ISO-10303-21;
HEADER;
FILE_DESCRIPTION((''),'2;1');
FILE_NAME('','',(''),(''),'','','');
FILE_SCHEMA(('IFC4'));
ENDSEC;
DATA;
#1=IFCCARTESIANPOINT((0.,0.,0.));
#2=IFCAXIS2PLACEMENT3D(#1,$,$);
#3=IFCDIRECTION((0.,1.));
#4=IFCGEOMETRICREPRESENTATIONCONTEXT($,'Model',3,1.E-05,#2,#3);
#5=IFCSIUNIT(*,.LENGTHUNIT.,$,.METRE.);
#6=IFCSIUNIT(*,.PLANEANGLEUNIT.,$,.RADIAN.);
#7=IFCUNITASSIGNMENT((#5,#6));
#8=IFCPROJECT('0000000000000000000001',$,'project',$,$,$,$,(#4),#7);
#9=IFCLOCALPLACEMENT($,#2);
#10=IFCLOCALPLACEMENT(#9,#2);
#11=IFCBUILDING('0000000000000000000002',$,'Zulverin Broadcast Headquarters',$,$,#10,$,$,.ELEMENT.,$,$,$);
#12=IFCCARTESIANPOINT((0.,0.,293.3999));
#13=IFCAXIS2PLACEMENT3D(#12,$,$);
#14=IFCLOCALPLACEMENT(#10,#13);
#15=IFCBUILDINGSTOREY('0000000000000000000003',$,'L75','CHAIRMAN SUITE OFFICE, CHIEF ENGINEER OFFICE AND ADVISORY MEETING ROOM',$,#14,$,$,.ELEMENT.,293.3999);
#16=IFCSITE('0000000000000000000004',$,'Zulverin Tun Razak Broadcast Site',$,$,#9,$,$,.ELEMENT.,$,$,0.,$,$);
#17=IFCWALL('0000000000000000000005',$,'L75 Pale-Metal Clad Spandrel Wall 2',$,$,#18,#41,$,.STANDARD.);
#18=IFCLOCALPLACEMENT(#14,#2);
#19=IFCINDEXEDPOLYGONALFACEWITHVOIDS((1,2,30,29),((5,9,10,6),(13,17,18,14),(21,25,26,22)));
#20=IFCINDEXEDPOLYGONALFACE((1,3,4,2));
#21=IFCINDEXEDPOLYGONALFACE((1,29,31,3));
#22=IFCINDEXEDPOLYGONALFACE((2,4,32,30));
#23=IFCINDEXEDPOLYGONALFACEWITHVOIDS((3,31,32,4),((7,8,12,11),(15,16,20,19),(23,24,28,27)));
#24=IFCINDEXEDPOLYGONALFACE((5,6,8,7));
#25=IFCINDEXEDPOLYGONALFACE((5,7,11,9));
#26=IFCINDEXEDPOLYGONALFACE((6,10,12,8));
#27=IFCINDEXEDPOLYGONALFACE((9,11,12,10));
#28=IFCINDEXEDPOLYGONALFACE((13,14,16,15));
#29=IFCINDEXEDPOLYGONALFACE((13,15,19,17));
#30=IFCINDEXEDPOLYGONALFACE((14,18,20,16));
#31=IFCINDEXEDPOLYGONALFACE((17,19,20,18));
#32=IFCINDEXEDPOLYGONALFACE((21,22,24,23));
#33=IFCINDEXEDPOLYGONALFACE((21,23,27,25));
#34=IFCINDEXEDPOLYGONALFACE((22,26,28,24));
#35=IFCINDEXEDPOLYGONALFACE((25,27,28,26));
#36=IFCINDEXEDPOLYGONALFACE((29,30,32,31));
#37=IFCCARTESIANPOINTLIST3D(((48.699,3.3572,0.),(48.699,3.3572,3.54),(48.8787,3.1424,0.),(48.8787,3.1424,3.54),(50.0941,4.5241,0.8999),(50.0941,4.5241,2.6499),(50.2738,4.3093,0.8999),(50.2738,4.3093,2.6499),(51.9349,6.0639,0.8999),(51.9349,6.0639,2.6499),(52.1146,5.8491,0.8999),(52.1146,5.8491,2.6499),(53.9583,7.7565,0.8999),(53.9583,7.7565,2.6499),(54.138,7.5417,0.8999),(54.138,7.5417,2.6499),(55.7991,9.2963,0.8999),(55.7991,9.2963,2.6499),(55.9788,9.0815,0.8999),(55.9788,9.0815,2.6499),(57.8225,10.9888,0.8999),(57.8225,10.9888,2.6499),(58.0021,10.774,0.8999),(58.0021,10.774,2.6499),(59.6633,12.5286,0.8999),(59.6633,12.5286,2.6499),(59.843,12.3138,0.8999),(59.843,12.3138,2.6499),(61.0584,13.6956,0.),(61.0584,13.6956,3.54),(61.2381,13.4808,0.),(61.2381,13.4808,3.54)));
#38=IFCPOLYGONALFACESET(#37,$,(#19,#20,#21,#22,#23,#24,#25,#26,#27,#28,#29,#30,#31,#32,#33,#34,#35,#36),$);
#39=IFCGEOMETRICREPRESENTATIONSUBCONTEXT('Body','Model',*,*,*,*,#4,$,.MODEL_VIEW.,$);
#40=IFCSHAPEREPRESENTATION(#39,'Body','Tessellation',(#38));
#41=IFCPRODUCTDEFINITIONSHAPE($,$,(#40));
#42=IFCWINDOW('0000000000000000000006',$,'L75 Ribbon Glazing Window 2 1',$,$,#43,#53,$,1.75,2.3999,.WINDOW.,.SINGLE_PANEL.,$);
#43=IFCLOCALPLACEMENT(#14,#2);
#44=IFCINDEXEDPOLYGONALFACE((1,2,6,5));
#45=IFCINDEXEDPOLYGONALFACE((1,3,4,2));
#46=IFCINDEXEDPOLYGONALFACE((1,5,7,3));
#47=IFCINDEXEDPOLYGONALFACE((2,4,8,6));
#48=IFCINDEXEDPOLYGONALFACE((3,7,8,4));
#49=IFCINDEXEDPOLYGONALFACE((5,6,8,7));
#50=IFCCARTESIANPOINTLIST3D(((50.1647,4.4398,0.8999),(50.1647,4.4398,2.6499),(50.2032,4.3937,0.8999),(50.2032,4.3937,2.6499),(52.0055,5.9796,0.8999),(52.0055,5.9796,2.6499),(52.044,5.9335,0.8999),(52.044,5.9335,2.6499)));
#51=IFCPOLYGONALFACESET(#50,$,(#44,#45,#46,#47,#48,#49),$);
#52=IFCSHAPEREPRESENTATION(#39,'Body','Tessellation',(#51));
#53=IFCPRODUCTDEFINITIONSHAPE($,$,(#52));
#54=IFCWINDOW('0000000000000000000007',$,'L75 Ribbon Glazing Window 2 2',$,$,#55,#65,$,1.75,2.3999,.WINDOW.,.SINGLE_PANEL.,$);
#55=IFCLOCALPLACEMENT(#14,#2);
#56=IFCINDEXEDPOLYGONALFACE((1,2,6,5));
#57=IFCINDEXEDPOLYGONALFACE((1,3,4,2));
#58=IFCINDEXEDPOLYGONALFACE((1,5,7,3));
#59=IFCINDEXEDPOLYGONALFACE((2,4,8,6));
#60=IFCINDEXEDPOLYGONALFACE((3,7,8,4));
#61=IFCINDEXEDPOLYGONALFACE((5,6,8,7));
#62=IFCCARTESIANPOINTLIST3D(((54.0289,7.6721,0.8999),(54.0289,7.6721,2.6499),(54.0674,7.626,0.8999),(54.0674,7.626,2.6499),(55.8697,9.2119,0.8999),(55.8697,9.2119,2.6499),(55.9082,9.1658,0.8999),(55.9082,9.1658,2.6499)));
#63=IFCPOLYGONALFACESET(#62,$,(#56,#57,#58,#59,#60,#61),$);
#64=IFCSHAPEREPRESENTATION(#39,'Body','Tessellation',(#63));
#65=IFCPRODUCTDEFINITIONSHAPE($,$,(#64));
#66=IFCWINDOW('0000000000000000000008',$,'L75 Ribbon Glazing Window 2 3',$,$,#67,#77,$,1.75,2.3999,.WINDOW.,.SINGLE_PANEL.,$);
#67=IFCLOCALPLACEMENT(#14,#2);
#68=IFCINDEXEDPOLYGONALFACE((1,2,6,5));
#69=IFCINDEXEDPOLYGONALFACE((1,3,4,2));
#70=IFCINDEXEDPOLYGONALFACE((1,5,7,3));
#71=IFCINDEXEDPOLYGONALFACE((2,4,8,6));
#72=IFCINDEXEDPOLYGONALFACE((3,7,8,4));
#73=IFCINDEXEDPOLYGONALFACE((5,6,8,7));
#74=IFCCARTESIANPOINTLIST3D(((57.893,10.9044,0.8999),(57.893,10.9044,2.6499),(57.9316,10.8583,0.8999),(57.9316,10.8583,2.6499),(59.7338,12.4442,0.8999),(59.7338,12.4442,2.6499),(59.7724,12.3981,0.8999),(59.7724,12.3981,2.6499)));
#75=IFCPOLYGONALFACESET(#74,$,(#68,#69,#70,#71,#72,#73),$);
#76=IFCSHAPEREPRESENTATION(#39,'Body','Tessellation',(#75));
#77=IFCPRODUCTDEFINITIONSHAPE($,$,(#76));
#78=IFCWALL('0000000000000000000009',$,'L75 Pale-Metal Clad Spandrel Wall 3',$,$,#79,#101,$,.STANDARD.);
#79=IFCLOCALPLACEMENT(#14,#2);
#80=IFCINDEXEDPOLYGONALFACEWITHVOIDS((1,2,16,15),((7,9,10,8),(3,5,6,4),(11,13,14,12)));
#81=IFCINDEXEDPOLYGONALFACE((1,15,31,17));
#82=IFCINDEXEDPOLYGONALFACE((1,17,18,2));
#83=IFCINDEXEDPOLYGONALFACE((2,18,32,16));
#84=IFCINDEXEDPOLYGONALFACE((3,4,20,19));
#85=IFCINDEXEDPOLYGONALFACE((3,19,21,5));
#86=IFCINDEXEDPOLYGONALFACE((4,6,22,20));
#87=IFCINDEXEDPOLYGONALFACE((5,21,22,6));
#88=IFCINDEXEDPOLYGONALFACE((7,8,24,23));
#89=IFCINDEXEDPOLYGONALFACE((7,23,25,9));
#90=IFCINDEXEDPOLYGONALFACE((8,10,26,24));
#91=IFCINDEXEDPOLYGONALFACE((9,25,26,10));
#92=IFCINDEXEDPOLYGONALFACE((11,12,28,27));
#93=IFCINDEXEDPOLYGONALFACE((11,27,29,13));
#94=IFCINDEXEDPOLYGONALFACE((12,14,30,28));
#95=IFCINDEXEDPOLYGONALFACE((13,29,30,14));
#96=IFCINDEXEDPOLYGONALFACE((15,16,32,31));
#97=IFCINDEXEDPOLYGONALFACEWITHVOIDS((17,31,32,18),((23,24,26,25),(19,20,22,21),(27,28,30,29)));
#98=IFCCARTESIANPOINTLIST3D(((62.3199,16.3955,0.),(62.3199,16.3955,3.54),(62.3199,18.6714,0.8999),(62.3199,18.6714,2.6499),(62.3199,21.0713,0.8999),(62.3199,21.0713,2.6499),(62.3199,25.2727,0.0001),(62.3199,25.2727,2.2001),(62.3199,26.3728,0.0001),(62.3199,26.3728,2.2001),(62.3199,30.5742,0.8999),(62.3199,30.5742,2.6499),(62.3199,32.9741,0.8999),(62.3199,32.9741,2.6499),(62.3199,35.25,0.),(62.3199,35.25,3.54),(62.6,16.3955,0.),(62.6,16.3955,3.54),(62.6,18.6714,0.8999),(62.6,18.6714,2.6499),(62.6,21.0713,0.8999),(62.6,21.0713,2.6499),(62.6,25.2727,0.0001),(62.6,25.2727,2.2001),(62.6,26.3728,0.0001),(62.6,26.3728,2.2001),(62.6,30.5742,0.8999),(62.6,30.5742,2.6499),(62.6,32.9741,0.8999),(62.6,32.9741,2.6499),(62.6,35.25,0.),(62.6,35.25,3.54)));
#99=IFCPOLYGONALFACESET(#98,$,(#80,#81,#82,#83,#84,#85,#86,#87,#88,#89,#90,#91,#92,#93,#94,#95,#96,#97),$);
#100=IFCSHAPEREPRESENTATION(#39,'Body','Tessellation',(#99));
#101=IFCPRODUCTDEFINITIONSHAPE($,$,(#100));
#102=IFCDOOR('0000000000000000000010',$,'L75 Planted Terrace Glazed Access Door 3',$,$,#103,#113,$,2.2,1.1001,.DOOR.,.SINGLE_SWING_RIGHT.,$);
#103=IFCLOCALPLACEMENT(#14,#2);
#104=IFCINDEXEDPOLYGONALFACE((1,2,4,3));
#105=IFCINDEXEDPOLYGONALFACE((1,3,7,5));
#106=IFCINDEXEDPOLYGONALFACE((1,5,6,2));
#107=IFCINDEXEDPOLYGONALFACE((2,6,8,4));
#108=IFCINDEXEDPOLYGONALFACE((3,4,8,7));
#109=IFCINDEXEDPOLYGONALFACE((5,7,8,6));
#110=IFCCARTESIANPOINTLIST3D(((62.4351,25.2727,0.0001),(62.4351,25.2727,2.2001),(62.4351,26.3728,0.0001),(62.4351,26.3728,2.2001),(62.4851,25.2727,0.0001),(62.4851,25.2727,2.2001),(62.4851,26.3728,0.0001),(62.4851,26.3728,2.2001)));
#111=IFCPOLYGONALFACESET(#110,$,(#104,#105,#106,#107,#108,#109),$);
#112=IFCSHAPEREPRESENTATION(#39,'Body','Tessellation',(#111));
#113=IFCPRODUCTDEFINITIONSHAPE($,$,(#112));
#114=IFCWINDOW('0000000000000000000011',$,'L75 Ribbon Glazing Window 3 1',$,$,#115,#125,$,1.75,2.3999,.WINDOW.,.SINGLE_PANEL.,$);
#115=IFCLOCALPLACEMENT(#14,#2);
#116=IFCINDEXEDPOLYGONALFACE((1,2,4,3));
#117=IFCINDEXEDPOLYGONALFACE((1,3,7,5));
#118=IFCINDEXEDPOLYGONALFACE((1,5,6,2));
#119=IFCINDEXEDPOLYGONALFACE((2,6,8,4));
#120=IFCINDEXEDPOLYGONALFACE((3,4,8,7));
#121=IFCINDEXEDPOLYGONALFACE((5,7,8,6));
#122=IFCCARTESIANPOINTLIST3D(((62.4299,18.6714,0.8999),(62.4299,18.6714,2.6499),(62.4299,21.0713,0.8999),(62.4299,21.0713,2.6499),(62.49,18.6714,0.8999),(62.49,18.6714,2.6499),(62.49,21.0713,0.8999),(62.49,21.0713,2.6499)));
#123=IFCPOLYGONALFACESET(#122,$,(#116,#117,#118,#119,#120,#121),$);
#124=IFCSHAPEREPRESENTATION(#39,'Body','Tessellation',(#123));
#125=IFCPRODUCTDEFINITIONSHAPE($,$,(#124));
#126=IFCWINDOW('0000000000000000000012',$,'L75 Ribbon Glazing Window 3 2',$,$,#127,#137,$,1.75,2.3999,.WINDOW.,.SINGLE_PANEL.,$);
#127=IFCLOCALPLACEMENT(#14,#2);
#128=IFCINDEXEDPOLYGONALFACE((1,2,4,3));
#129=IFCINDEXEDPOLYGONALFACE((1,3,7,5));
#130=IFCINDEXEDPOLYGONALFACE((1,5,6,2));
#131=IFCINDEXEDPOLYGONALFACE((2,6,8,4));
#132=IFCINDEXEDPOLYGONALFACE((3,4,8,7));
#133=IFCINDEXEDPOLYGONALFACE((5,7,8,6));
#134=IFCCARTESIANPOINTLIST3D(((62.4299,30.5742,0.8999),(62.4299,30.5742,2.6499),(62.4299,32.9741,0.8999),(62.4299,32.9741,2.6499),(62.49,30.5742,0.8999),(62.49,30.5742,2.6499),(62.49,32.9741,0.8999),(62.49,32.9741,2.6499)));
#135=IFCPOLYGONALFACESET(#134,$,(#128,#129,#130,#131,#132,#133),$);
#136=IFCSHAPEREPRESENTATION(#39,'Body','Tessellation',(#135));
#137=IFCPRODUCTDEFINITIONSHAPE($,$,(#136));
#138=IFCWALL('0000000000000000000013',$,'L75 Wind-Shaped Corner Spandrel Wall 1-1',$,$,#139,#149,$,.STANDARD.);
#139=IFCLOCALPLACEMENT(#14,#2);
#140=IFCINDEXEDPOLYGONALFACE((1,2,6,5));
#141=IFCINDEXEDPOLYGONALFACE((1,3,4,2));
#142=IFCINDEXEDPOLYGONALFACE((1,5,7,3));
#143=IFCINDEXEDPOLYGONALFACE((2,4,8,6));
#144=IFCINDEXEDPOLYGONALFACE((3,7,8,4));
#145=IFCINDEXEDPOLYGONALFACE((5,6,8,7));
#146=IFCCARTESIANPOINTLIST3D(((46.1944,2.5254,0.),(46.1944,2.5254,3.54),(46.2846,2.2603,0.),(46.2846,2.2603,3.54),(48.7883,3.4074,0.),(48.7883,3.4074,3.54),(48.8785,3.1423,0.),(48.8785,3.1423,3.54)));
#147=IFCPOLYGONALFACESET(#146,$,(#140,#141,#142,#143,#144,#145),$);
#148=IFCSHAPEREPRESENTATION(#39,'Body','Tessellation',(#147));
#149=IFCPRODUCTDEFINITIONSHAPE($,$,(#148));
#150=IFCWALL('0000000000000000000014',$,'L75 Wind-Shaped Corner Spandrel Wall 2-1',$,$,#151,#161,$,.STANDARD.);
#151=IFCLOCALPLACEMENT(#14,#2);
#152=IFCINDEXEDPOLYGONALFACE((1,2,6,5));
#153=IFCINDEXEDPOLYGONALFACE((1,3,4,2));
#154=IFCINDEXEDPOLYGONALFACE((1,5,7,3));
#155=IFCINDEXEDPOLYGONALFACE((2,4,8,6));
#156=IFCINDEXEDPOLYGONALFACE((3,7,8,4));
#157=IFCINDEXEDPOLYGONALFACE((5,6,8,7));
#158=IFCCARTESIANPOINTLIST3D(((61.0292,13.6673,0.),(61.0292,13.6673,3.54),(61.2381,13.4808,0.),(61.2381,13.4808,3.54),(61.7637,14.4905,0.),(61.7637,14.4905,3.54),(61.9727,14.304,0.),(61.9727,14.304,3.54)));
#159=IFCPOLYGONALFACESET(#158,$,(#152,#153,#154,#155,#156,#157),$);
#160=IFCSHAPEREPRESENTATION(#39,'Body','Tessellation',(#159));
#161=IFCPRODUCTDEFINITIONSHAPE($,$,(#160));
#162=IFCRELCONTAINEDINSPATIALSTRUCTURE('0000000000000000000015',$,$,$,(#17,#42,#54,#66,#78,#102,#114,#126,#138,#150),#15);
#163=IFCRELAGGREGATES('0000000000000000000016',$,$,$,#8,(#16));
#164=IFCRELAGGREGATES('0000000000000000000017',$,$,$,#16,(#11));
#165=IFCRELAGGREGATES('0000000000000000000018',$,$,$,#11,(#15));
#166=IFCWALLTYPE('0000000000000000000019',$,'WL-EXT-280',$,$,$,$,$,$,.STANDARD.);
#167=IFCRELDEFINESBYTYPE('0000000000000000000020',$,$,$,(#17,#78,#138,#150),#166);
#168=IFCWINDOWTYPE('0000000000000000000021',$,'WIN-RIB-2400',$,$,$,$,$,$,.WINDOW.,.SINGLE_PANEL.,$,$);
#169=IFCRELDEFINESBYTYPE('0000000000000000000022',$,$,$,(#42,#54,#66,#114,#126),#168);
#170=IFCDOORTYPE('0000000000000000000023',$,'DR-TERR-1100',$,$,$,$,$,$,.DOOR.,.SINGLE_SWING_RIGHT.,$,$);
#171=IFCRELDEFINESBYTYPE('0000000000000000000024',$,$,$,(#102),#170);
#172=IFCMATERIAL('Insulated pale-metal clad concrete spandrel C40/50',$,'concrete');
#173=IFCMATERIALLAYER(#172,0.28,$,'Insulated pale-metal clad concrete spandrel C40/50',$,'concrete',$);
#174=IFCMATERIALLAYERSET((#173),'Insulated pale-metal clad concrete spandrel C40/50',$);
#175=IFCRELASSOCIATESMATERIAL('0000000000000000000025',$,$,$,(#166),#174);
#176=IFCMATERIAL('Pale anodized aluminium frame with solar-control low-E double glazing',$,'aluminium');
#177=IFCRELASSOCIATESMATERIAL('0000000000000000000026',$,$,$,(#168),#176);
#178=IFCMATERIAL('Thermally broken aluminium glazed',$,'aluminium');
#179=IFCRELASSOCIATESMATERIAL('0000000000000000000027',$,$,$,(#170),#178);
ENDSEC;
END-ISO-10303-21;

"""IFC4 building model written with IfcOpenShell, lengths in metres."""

from ifc_helpers import new_model, si_unit, direction, frame, frame_2d, origin, place, context, subcontext, project, spatial, rectangle, extrude, material, layer, layer_set, type_object, element, fill, save


model = new_model("IFC4")

# Units and contexts
model_context = context("Model", 3, precision=1e-05, world=origin(), true_north=direction((0.0, 1.0)))
body_context = subcontext(model_context, "Body", "Model", "MODEL_VIEW")
ifc_project = project(units=[si_unit("LENGTHUNIT", "METRE"), si_unit("PLANEANGLEUNIT", "RADIAN")], contexts=[model_context])

# Site, building, storey
site_placement = place(None, origin())
site = spatial("IfcSite", under=ifc_project, at=site_placement, Name="Zulverin Tun Razak Broadcast Site", CompositionType="ELEMENT", RefElevation=0.0)
building_placement = place(site_placement, origin())
building = spatial("IfcBuilding", under=site, at=building_placement, Name="Zulverin Broadcast Headquarters", CompositionType="ELEMENT")
storey_placement = place(building_placement, frame((0.0, 0.0, 293.3999)))
storey = spatial("IfcBuildingStorey", under=building, at=storey_placement, Name="L75", Description="CHAIRMAN SUITE OFFICE, CHIEF ENGINEER OFFICE AND ADVISORY MEETING ROOM", CompositionType="ELEMENT", Elevation=293.3999)

# Wall, openings, windows
ifc_material_1 = material(Name="Insulated pale-metal clad concrete spandrel C40/50", Category="concrete")
ifc_layer_1 = layer(ifc_material_1, 0.28, Name="Insulated pale-metal clad concrete spandrel C40/50", Category="concrete")
ifc_layer_set_1 = layer_set([ifc_layer_1], Name="Insulated pale-metal clad concrete spandrel C40/50")
wall_type_1 = type_object("IfcWallType", Name="WL-EXT-280", PredefinedType="STANDARD", material=ifc_layer_set_1)
wall_1_placement = place(storey_placement, frame((48.7888, 3.2498, 0.0), z_axis=(0.0, 0.0, 1.0), x_axis=(0.767033, 0.641608, 0.0)))
wall_1 = element("IfcWall", 1, at=wall_1_placement, inside=storey, type_object=wall_type_1, Name="L75 Pale-Metal Clad Spandrel Wall 2", PredefinedType="STANDARD", context=body_context, shape_type="SweptSolid", body=[
    extrude(rectangle(XDim=16.1133, YDim=0.28, at=frame_2d((8.0566, 0.0))), origin(), (0.0, 0.0, 1.0), 3.54),
])
opening_1_placement = place(wall_1_placement, frame((1.8188, 0.0, 0.8999)))
opening_1 = element("IfcOpeningElement", 2, at=opening_1_placement, cuts=wall_1, PredefinedType="OPENING", context=body_context, shape_type="SweptSolid", body=[
    extrude(rectangle(XDim=2.3999, YDim=1.75, at=frame_2d((1.2, 0.875))), frame((0.0, 0.1499, 0.0), z_axis=(0.0, -1.0, 0.0), x_axis=(1.0, 0.0, 0.0)), (0.0, 0.0, 1.0), 0.3),
])
opening_2_placement = place(wall_1_placement, frame((6.8567, 0.0, 0.8999)))
opening_2 = element("IfcOpeningElement", 3, at=opening_2_placement, cuts=wall_1, PredefinedType="OPENING", context=body_context, shape_type="SweptSolid", body=[
    extrude(rectangle(XDim=2.3999, YDim=1.75, at=frame_2d((1.2, 0.875))), frame((0.0, 0.1499, 0.0), z_axis=(0.0, -1.0, 0.0), x_axis=(1.0, 0.0, 0.0)), (0.0, 0.0, 1.0), 0.3),
])
opening_3_placement = place(wall_1_placement, frame((11.8945, 0.0, 0.8999)))
opening_3 = element("IfcOpeningElement", 4, at=opening_3_placement, cuts=wall_1, PredefinedType="OPENING", context=body_context, shape_type="SweptSolid", body=[
    extrude(rectangle(XDim=2.3999, YDim=1.75, at=frame_2d((1.2, 0.875))), frame((0.0, 0.1499, 0.0), z_axis=(0.0, -1.0, 0.0), x_axis=(1.0, 0.0, 0.0)), (0.0, 0.0, 1.0), 0.3),
])
ifc_material_2 = material(Name="Pale anodized aluminium frame with solar-control low-E double glazing", Category="aluminium")
window_type = type_object("IfcWindowType", Name="WIN-RIB-2400", PartitioningType="SINGLE_PANEL", PredefinedType="WINDOW", material=ifc_material_2)
window_1_placement = place(opening_1_placement, origin())
window_1 = element("IfcWindow", 5, at=window_1_placement, inside=storey, type_object=window_type, Name="L75 Ribbon Glazing Window 2 1", OverallHeight=1.75, OverallWidth=2.3999, PartitioningType="SINGLE_PANEL", PredefinedType="WINDOW", context=body_context, shape_type="SweptSolid", body=[
    extrude(rectangle(XDim=2.3999, YDim=1.75, at=frame_2d((1.2, 0.875))), frame((0.0, 0.03, 0.0), z_axis=(0.0, -1.0, 0.0), x_axis=(1.0, 0.0, 0.0)), (0.0, 0.0, 1.0), 0.0601),
])
fill(opening_1, window_1)
window_2_placement = place(opening_2_placement, origin())
window_2 = element("IfcWindow", 6, at=window_2_placement, inside=storey, type_object=window_type, Name="L75 Ribbon Glazing Window 2 2", OverallHeight=1.75, OverallWidth=2.3999, PartitioningType="SINGLE_PANEL", PredefinedType="WINDOW", context=body_context, shape_type="SweptSolid", body=[
    extrude(rectangle(XDim=2.3999, YDim=1.75, at=frame_2d((1.2, 0.875))), frame((0.0, 0.03, 0.0), z_axis=(0.0, -1.0, 0.0), x_axis=(1.0, 0.0, 0.0)), (0.0, 0.0, 1.0), 0.0601),
])
fill(opening_2, window_2)
window_3_placement = place(opening_3_placement, origin())
window_3 = element("IfcWindow", 7, at=window_3_placement, inside=storey, type_object=window_type, Name="L75 Ribbon Glazing Window 2 3", OverallHeight=1.75, OverallWidth=2.3999, PartitioningType="SINGLE_PANEL", PredefinedType="WINDOW", context=body_context, shape_type="SweptSolid", body=[
    extrude(rectangle(XDim=2.3999, YDim=1.75, at=frame_2d((1.2, 0.875))), frame((0.0, 0.03, 0.0), z_axis=(0.0, -1.0, 0.0), x_axis=(1.0, 0.0, 0.0)), (0.0, 0.0, 1.0), 0.0601),
])
fill(opening_3, window_3)

# Wall, openings, door, windows
wall_2_placement = place(storey_placement, frame((62.46, 16.3955, 0.0), z_axis=(0.0, 0.0, 1.0), x_axis=(0.0, 1.0, 0.0)))
wall_2 = element("IfcWall", 8, at=wall_2_placement, inside=storey, type_object=wall_type_1, Name="L75 Pale-Metal Clad Spandrel Wall 3", PredefinedType="STANDARD", context=body_context, shape_type="SweptSolid", body=[
    extrude(rectangle(XDim=18.8545, YDim=0.28, at=frame_2d((9.4272, 0.0))), origin(), (0.0, 0.0, 1.0), 3.54),
])
opening_4_placement = place(wall_2_placement, frame((8.8772, 0.0, 0.0)))
opening_4 = element("IfcOpeningElement", 9, at=opening_4_placement, cuts=wall_2, PredefinedType="OPENING", context=body_context, shape_type="SweptSolid", body=[
    extrude(rectangle(XDim=1.1001, YDim=2.2, at=frame_2d((0.55, 1.1001))), frame((0.0, 0.1499, 0.0), z_axis=(0.0, -1.0, 0.0), x_axis=(1.0, 0.0, 0.0)), (0.0, 0.0, 1.0), 0.3),
])
opening_5_placement = place(wall_2_placement, frame((2.2759, 0.0, 0.8999)))
opening_5 = element("IfcOpeningElement", 10, at=opening_5_placement, cuts=wall_2, PredefinedType="OPENING", context=body_context, shape_type="SweptSolid", body=[
    extrude(rectangle(XDim=2.3999, YDim=1.75, at=frame_2d((1.2, 0.875))), frame((0.0, 0.1499, 0.0), z_axis=(0.0, -1.0, 0.0), x_axis=(1.0, 0.0, 0.0)), (0.0, 0.0, 1.0), 0.3),
])
opening_6_placement = place(wall_2_placement, frame((14.1787, 0.0, 0.8999)))
opening_6 = element("IfcOpeningElement", 11, at=opening_6_placement, cuts=wall_2, PredefinedType="OPENING", context=body_context, shape_type="SweptSolid", body=[
    extrude(rectangle(XDim=2.3999, YDim=1.75, at=frame_2d((1.2, 0.875))), frame((0.0, 0.1499, 0.0), z_axis=(0.0, -1.0, 0.0), x_axis=(1.0, 0.0, 0.0)), (0.0, 0.0, 1.0), 0.3),
])
ifc_material_3 = material(Name="Thermally broken aluminium glazed", Category="aluminium")
door_type = type_object("IfcDoorType", Name="DR-TERR-1100", OperationType="SINGLE_SWING_RIGHT", PredefinedType="DOOR", material=ifc_material_3)
door_placement = place(opening_4_placement, origin())
door = element("IfcDoor", 12, at=door_placement, inside=storey, type_object=door_type, Name="L75 Planted Terrace Glazed Access Door 3", OperationType="SINGLE_SWING_RIGHT", OverallHeight=2.2, OverallWidth=1.1001, PredefinedType="DOOR", context=body_context, shape_type="SweptSolid", body=[
    extrude(rectangle(XDim=1.1001, YDim=2.2, at=frame_2d((0.55, 1.1001))), frame((0.0, 0.0249, 0.0), z_axis=(0.0, -1.0, 0.0), x_axis=(1.0, 0.0, 0.0)), (0.0, 0.0, 1.0), 0.05),
])
fill(opening_4, door)
window_4_placement = place(opening_5_placement, origin())
window_4 = element("IfcWindow", 13, at=window_4_placement, inside=storey, type_object=window_type, Name="L75 Ribbon Glazing Window 3 1", OverallHeight=1.75, OverallWidth=2.3999, PartitioningType="SINGLE_PANEL", PredefinedType="WINDOW", context=body_context, shape_type="SweptSolid", body=[
    extrude(rectangle(XDim=2.3999, YDim=1.75, at=frame_2d((1.2, 0.875))), frame((0.0, 0.03, 0.0), z_axis=(0.0, -1.0, 0.0), x_axis=(1.0, 0.0, 0.0)), (0.0, 0.0, 1.0), 0.0601),
])
fill(opening_5, window_4)
window_5_placement = place(opening_6_placement, origin())
window_5 = element("IfcWindow", 14, at=window_5_placement, inside=storey, type_object=window_type, Name="L75 Ribbon Glazing Window 3 2", OverallHeight=1.75, OverallWidth=2.3999, PartitioningType="SINGLE_PANEL", PredefinedType="WINDOW", context=body_context, shape_type="SweptSolid", body=[
    extrude(rectangle(XDim=2.3999, YDim=1.75, at=frame_2d((1.2, 0.875))), frame((0.0, 0.03, 0.0), z_axis=(0.0, -1.0, 0.0), x_axis=(1.0, 0.0, 0.0)), (0.0, 0.0, 1.0), 0.0601),
])
fill(opening_6, window_5)

# Walls
wall_3_placement = place(storey_placement, frame((46.2395, 2.3928, 0.0), z_axis=(0.0, 0.0, 1.0), x_axis=(0.946759, 0.321943, 0.0)))
element("IfcWall", 15, at=wall_3_placement, inside=storey, type_object=wall_type_1, Name="L75 Wind-Shaped Corner Spandrel Wall 1-1", PredefinedType="STANDARD", context=body_context, shape_type="SweptSolid", body=[
    extrude(rectangle(XDim=2.7397, YDim=0.28, at=frame_2d((1.3699, 0.0))), origin(), (0.0, 0.0, 1.0), 3.54),
])
wall_4_placement = place(storey_placement, frame((61.1335, 13.574, 0.0), z_axis=(0.0, 0.0, 1.0), x_axis=(0.665805, 0.746126, 0.0)))
element("IfcWall", 16, at=wall_4_placement, inside=storey, type_object=wall_type_1, Name="L75 Wind-Shaped Corner Spandrel Wall 2-1", PredefinedType="STANDARD", context=body_context, shape_type="SweptSolid", body=[
    extrude(rectangle(XDim=1.1033, YDim=0.28, at=frame_2d((0.5518, 0.0))), origin(), (0.0, 0.0, 1.0), 3.54),
])

save(model, "model.ifc")
